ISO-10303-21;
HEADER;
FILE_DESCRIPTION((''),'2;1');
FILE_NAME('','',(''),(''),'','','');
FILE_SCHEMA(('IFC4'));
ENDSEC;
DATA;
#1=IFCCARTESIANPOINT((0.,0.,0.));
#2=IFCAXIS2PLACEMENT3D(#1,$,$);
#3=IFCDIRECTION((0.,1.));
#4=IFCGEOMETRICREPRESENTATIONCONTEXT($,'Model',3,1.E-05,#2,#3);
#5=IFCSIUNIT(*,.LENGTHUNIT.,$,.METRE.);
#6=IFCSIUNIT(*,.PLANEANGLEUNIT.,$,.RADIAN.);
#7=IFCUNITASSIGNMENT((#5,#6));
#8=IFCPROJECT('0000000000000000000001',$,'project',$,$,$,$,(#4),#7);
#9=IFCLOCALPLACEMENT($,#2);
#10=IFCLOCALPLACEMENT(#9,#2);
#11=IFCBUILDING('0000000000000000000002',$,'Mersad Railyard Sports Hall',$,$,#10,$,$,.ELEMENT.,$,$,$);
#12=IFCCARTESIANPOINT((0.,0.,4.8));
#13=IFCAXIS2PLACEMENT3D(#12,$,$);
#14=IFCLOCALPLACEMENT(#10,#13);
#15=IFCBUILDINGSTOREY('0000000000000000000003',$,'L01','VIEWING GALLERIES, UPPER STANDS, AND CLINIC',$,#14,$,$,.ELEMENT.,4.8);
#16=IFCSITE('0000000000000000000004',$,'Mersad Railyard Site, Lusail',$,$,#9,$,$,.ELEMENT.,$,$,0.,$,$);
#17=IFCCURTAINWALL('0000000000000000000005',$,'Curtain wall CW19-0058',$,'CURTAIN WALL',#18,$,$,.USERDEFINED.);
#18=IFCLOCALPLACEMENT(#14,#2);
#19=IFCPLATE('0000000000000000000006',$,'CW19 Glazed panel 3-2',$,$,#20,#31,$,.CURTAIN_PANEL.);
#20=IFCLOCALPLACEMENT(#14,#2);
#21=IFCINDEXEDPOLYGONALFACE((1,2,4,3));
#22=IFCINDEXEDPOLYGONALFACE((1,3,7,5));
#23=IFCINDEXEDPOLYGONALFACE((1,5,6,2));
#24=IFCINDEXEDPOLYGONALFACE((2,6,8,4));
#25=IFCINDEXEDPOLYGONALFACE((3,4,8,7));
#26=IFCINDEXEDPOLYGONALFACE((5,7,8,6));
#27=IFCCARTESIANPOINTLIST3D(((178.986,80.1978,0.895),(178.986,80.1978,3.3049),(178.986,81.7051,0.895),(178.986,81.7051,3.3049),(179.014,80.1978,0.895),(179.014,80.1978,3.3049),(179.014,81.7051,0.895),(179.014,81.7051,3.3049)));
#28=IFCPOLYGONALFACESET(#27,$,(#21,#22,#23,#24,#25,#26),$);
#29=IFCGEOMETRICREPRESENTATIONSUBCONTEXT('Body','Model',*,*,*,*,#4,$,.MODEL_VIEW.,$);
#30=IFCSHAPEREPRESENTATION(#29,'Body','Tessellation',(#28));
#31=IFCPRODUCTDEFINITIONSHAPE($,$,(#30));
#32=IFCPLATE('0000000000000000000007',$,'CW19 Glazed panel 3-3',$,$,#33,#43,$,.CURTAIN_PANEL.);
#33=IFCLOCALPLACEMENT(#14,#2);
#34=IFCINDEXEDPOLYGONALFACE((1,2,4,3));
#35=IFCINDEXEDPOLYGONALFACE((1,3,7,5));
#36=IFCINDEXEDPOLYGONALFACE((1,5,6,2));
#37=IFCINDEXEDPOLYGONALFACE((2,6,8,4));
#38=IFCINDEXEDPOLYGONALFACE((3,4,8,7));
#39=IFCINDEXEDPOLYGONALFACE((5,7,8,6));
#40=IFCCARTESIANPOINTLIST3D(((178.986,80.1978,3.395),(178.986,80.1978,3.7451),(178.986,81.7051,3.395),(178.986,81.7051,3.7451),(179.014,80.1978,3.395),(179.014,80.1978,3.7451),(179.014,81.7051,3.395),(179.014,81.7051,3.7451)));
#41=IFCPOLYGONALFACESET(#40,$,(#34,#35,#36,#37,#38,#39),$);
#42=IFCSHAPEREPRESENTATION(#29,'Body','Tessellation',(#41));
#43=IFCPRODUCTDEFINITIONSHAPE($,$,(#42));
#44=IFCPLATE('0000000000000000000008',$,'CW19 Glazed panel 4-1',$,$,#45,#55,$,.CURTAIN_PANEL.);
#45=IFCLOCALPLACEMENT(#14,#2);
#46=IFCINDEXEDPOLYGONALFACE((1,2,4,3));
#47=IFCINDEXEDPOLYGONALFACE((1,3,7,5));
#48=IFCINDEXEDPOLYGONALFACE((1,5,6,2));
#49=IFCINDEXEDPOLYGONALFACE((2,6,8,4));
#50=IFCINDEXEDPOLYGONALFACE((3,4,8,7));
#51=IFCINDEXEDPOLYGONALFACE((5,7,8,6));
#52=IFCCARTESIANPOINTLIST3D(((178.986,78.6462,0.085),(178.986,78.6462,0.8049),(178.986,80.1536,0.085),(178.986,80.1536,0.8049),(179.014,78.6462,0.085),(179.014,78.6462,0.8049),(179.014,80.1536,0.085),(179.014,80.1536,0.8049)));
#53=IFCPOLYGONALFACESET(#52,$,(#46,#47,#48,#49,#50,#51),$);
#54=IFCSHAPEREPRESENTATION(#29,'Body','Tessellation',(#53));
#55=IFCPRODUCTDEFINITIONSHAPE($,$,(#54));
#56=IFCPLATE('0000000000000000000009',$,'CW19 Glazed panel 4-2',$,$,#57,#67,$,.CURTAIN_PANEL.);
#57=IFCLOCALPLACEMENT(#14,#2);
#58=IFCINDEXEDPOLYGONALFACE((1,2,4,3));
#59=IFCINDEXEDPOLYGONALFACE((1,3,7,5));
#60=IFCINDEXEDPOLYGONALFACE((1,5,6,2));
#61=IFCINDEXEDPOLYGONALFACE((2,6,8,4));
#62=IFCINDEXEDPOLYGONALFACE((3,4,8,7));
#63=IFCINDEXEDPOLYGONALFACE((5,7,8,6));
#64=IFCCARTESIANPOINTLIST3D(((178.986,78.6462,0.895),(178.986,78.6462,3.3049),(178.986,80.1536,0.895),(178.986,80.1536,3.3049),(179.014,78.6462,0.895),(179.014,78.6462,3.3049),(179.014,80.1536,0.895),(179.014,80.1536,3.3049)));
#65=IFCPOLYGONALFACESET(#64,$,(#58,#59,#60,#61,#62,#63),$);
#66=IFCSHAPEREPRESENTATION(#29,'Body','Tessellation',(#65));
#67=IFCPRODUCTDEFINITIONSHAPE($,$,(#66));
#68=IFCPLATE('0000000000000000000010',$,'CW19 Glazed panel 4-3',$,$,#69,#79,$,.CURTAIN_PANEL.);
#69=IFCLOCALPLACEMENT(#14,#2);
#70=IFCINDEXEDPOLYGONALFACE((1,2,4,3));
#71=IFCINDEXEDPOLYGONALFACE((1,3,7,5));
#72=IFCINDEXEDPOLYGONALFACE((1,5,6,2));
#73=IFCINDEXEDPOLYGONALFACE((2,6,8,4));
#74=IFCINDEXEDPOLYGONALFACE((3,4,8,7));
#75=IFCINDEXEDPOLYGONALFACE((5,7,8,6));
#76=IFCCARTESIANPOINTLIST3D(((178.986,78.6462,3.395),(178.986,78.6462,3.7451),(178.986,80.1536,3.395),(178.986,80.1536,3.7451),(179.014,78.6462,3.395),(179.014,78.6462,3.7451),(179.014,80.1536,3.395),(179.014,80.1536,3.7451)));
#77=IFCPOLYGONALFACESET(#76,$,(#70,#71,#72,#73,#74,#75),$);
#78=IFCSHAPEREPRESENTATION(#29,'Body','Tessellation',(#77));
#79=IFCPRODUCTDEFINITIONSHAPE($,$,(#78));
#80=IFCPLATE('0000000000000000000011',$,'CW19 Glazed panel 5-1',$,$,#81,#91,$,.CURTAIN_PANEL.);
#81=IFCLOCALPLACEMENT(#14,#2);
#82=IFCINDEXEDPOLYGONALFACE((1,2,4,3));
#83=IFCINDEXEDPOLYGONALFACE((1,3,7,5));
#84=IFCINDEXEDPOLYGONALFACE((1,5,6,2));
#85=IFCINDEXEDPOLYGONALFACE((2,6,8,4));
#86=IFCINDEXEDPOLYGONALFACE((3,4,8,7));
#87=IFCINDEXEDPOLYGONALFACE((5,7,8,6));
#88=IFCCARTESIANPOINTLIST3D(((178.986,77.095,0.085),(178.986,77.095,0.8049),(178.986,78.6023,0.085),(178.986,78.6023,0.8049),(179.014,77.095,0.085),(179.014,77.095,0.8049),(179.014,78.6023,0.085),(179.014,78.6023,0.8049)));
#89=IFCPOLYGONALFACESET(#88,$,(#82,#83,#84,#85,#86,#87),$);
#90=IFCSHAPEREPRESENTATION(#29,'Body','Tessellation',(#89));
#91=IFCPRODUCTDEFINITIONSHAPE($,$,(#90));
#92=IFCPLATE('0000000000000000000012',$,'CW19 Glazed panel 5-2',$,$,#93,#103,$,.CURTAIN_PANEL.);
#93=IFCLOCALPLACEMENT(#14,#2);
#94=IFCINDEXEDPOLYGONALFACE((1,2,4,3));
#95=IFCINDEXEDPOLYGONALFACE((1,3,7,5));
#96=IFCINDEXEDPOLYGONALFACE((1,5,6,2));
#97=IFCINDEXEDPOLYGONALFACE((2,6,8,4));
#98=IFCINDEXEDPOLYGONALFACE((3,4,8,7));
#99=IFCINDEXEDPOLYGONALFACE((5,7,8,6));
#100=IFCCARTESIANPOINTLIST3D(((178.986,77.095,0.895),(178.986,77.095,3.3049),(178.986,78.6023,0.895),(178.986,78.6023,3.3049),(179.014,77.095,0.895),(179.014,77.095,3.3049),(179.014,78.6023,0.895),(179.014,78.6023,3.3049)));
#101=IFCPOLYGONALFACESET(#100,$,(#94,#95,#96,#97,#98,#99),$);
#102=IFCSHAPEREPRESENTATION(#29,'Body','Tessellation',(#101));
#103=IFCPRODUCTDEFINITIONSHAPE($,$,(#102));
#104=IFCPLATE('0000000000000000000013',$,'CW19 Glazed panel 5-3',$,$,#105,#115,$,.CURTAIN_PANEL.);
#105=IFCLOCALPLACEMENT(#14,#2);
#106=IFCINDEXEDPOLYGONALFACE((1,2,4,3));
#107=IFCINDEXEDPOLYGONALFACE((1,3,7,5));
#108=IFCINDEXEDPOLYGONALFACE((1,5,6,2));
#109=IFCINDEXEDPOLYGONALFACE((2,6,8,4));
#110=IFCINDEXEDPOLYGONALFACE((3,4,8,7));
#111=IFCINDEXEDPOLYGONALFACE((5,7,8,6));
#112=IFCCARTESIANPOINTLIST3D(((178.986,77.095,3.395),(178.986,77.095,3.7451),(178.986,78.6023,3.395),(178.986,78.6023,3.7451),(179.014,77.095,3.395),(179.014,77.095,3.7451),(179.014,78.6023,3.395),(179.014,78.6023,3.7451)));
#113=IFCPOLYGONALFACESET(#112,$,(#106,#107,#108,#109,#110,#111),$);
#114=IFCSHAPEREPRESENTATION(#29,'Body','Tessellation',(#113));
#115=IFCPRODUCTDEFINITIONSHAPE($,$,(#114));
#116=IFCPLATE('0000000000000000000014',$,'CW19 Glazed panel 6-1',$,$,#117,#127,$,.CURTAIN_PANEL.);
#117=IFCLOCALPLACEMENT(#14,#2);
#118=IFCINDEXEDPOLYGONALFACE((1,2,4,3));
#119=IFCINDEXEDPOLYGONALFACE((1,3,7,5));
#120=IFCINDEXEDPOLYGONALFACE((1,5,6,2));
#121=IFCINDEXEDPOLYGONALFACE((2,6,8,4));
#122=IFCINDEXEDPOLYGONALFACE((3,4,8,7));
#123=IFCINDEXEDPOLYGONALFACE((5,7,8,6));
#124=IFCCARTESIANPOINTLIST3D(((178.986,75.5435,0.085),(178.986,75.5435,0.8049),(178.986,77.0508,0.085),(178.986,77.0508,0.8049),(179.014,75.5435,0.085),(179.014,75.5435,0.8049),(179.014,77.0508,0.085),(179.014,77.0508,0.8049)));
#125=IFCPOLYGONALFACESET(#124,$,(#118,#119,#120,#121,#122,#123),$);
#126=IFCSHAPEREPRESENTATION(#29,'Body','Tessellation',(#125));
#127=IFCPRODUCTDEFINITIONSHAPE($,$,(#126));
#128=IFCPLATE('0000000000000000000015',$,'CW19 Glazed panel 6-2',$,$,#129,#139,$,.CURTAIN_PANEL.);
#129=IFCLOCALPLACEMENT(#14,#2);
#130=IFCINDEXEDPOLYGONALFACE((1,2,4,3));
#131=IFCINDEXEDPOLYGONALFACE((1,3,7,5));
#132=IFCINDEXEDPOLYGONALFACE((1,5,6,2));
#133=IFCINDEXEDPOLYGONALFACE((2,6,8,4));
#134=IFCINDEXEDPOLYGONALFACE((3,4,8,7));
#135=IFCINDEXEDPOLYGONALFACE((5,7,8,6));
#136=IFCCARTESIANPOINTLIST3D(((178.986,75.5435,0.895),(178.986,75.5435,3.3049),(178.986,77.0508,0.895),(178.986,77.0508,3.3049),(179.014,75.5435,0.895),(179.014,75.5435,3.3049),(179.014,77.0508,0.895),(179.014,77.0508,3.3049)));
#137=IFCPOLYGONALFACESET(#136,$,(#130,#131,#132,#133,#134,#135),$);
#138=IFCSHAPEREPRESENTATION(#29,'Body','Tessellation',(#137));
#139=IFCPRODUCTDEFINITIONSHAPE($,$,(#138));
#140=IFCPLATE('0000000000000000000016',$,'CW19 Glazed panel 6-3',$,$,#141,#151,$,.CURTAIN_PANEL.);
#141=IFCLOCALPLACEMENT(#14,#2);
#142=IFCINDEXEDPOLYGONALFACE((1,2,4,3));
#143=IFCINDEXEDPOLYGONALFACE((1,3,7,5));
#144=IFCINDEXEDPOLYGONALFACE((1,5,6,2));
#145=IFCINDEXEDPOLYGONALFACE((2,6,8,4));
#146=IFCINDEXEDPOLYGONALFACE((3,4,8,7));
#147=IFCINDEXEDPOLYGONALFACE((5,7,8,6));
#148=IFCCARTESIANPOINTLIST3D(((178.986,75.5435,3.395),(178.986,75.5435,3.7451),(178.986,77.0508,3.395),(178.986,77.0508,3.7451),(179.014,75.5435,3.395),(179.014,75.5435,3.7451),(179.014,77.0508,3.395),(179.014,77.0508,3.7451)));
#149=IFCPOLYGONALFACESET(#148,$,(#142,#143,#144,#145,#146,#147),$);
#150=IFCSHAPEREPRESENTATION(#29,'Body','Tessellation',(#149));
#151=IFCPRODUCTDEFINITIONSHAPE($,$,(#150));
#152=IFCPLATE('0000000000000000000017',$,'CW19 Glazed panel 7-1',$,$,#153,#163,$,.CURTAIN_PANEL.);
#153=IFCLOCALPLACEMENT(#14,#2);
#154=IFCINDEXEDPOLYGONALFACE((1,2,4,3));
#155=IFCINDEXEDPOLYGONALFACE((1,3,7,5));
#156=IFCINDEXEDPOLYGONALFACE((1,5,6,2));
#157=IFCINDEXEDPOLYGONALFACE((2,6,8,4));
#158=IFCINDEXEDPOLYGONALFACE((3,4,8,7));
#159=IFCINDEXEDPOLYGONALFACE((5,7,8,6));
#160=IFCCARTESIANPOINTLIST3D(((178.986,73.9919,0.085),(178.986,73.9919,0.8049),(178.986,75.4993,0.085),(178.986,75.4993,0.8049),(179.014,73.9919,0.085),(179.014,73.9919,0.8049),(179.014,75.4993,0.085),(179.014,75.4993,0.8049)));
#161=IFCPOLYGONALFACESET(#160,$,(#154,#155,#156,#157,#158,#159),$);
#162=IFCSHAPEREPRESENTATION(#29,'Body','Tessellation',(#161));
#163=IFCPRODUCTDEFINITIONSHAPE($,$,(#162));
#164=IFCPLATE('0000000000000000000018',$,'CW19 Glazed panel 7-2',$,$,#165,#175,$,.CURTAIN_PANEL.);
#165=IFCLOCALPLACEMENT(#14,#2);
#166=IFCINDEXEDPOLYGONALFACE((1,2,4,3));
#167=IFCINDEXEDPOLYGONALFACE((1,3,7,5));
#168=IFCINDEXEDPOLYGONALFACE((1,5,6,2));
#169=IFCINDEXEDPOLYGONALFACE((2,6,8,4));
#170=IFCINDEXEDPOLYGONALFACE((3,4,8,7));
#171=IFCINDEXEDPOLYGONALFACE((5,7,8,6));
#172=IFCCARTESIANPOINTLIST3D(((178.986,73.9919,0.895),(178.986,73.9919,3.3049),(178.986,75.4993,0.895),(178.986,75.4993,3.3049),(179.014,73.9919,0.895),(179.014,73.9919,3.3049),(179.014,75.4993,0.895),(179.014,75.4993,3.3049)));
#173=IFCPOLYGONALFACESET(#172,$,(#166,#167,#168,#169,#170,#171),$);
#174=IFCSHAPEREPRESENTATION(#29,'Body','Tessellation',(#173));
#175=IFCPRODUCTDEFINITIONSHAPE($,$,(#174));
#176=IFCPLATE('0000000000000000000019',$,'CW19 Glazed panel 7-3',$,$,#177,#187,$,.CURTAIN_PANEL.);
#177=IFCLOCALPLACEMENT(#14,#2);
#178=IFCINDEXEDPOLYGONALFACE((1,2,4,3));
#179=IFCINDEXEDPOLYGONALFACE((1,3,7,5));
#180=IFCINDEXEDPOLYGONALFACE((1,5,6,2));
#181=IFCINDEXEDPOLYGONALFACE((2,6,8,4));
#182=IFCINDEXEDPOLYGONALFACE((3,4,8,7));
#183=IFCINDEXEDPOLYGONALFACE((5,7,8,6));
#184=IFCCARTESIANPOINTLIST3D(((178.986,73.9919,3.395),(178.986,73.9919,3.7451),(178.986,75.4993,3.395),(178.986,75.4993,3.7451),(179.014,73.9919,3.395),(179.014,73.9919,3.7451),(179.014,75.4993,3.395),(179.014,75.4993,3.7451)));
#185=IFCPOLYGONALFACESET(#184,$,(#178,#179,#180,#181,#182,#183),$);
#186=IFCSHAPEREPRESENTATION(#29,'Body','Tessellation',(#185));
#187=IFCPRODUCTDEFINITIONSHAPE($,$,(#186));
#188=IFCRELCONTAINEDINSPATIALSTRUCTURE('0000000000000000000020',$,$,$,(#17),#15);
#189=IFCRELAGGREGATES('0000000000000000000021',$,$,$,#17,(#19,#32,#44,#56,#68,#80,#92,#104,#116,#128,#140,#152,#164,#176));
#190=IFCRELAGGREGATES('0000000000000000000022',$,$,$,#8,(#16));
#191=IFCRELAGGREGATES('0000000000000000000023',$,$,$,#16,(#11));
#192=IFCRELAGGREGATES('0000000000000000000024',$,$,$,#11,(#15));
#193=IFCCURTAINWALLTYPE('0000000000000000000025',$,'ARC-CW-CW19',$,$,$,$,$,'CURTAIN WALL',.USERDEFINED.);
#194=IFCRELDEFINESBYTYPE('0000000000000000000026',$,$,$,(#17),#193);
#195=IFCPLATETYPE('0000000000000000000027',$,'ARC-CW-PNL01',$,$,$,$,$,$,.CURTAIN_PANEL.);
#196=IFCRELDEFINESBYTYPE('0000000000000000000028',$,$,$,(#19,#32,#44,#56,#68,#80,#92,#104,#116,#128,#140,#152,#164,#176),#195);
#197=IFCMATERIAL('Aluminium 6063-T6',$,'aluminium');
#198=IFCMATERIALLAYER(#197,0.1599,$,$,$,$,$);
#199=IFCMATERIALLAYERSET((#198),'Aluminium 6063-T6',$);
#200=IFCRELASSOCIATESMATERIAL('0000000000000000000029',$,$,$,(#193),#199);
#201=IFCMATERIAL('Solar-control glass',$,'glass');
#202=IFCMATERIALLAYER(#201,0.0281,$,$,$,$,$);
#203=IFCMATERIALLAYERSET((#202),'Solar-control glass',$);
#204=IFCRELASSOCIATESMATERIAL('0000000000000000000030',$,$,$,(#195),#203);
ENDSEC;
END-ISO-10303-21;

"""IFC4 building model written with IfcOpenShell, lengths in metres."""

from ifc_helpers import new_model, si_unit, direction, frame, origin, origin_2d, place, context, subcontext, project, spatial, rectangle, extrude, material, layer, layer_set, type_object, element, aggregate, save


model = new_model("IFC4")

# Units and contexts
model_context = context("Model", 3, precision=1e-05, world=origin(), true_north=direction((0.0, 1.0)))
body_context = subcontext(model_context, "Body", "Model", "MODEL_VIEW")
ifc_project = project(units=[si_unit("LENGTHUNIT", "METRE"), si_unit("PLANEANGLEUNIT", "RADIAN")], contexts=[model_context])

# Site, building, storey
site_placement = place(None, origin())
site = spatial("IfcSite", under=ifc_project, at=site_placement, Name="Mersad Railyard Site, Lusail", CompositionType="ELEMENT", RefElevation=0.0)
building_placement = place(site_placement, origin())
building = spatial("IfcBuilding", under=site, at=building_placement, Name="Mersad Railyard Sports Hall", CompositionType="ELEMENT")
storey_placement = place(building_placement, frame((0.0, 0.0, 4.8)))
storey = spatial("IfcBuildingStorey", under=building, at=storey_placement, Name="L01", Description="VIEWING GALLERIES, UPPER STANDS, AND CLINIC", CompositionType="ELEMENT", Elevation=4.8)

# Curtain wall, plates
ifc_material_1 = material(Name="Aluminium 6063-T6", Category="aluminium")
ifc_layer_1 = layer(ifc_material_1, 0.1599)
ifc_layer_set_1 = layer_set([ifc_layer_1], Name="Aluminium 6063-T6")
curtain_wall_type = type_object("IfcCurtainWallType", Name="ARC-CW-CW19", ElementType="CURTAIN WALL", PredefinedType="USERDEFINED", material=ifc_layer_set_1)
curtain_wall_placement = place(storey_placement, origin())
curtain_wall = element("IfcCurtainWall", 1, at=curtain_wall_placement, inside=storey, type_object=curtain_wall_type, Name="Curtain wall CW19-0058", ObjectType="CURTAIN WALL", PredefinedType="USERDEFINED")
ifc_material_2 = material(Name="Solar-control glass", Category="glass")
ifc_layer_2 = layer(ifc_material_2, 0.0281)
ifc_layer_set_2 = layer_set([ifc_layer_2], Name="Solar-control glass")
plate_type = type_object("IfcPlateType", Name="ARC-CW-PNL01", PredefinedType="CURTAIN_PANEL", material=ifc_layer_set_2)
plate_1_placement = place(storey_placement, frame((179.0, 80.9514, 0.895), z_axis=(0.0, 0.0, 1.0), x_axis=(0.0, -1.0, 0.0)))
plate_1 = element("IfcPlate", 2, at=plate_1_placement, type_object=plate_type, Name="CW19 Glazed panel 3-2", PredefinedType="CURTAIN_PANEL", context=body_context, shape_type="SweptSolid", body=[
    extrude(rectangle(XDim=1.5073, YDim=0.0281, at=origin_2d()), origin(), (0.0, 0.0, 1.0), 2.4099),
])
plate_2_placement = place(storey_placement, frame((179.0, 80.9514, 3.395), z_axis=(0.0, 0.0, 1.0), x_axis=(0.0, -1.0, 0.0)))
plate_2 = element("IfcPlate", 3, at=plate_2_placement, type_object=plate_type, Name="CW19 Glazed panel 3-3", PredefinedType="CURTAIN_PANEL", context=body_context, shape_type="SweptSolid", body=[
    extrude(rectangle(XDim=1.5073, YDim=0.0281, at=origin_2d()), origin(), (0.0, 0.0, 1.0), 0.3501),
])
plate_3_placement = place(storey_placement, frame((179.0, 79.3999, 0.085), z_axis=(0.0, 0.0, 1.0), x_axis=(0.0, -1.0, 0.0)))
plate_3 = element("IfcPlate", 4, at=plate_3_placement, type_object=plate_type, Name="CW19 Glazed panel 4-1", PredefinedType="CURTAIN_PANEL", context=body_context, shape_type="SweptSolid", body=[
    extrude(rectangle(XDim=1.5073, YDim=0.0281, at=origin_2d()), origin(), (0.0, 0.0, 1.0), 0.72),
])
plate_4_placement = place(storey_placement, frame((179.0, 79.3999, 0.895), z_axis=(0.0, 0.0, 1.0), x_axis=(0.0, -1.0, 0.0)))
plate_4 = element("IfcPlate", 5, at=plate_4_placement, type_object=plate_type, Name="CW19 Glazed panel 4-2", PredefinedType="CURTAIN_PANEL", context=body_context, shape_type="SweptSolid", body=[
    extrude(rectangle(XDim=1.5073, YDim=0.0281, at=origin_2d()), origin(), (0.0, 0.0, 1.0), 2.4099),
])
plate_5_placement = place(storey_placement, frame((179.0, 79.3999, 3.395), z_axis=(0.0, 0.0, 1.0), x_axis=(0.0, -1.0, 0.0)))
plate_5 = element("IfcPlate", 6, at=plate_5_placement, type_object=plate_type, Name="CW19 Glazed panel 4-3", PredefinedType="CURTAIN_PANEL", context=body_context, shape_type="SweptSolid", body=[
    extrude(rectangle(XDim=1.5073, YDim=0.0281, at=origin_2d()), origin(), (0.0, 0.0, 1.0), 0.3501),
])
plate_6_placement = place(storey_placement, frame((179.0, 77.8486, 0.085), z_axis=(0.0, 0.0, 1.0), x_axis=(0.0, -1.0, 0.0)))
plate_6 = element("IfcPlate", 7, at=plate_6_placement, type_object=plate_type, Name="CW19 Glazed panel 5-1", PredefinedType="CURTAIN_PANEL", context=body_context, shape_type="SweptSolid", body=[
    extrude(rectangle(XDim=1.5073, YDim=0.0281, at=origin_2d()), origin(), (0.0, 0.0, 1.0), 0.72),
])
plate_7_placement = place(storey_placement, frame((179.0, 77.8486, 0.895), z_axis=(0.0, 0.0, 1.0), x_axis=(0.0, -1.0, 0.0)))
plate_7 = element("IfcPlate", 8, at=plate_7_placement, type_object=plate_type, Name="CW19 Glazed panel 5-2", PredefinedType="CURTAIN_PANEL", context=body_context, shape_type="SweptSolid", body=[
    extrude(rectangle(XDim=1.5073, YDim=0.0281, at=origin_2d()), origin(), (0.0, 0.0, 1.0), 2.4099),
])
plate_8_placement = place(storey_placement, frame((179.0, 77.8486, 3.395), z_axis=(0.0, 0.0, 1.0), x_axis=(0.0, -1.0, 0.0)))
plate_8 = element("IfcPlate", 9, at=plate_8_placement, type_object=plate_type, Name="CW19 Glazed panel 5-3", PredefinedType="CURTAIN_PANEL", context=body_context, shape_type="SweptSolid", body=[
    extrude(rectangle(XDim=1.5073, YDim=0.0281, at=origin_2d()), origin(), (0.0, 0.0, 1.0), 0.3501),
])
plate_9_placement = place(storey_placement, frame((179.0, 76.2971, 0.085), z_axis=(0.0, 0.0, 1.0), x_axis=(0.0, -1.0, 0.0)))
plate_9 = element("IfcPlate", 10, at=plate_9_placement, type_object=plate_type, Name="CW19 Glazed panel 6-1", PredefinedType="CURTAIN_PANEL", context=body_context, shape_type="SweptSolid", body=[
    extrude(rectangle(XDim=1.5073, YDim=0.0281, at=origin_2d()), origin(), (0.0, 0.0, 1.0), 0.72),
])
plate_10_placement = place(storey_placement, frame((179.0, 76.2971, 0.895), z_axis=(0.0, 0.0, 1.0), x_axis=(0.0, -1.0, 0.0)))
plate_10 = element("IfcPlate", 11, at=plate_10_placement, type_object=plate_type, Name="CW19 Glazed panel 6-2", PredefinedType="CURTAIN_PANEL", context=body_context, shape_type="SweptSolid", body=[
    extrude(rectangle(XDim=1.5073, YDim=0.0281, at=origin_2d()), origin(), (0.0, 0.0, 1.0), 2.4099),
])
plate_11_placement = place(storey_placement, frame((179.0, 76.2971, 3.395), z_axis=(0.0, 0.0, 1.0), x_axis=(0.0, -1.0, 0.0)))
plate_11 = element("IfcPlate", 12, at=plate_11_placement, type_object=plate_type, Name="CW19 Glazed panel 6-3", PredefinedType="CURTAIN_PANEL", context=body_context, shape_type="SweptSolid", body=[
    extrude(rectangle(XDim=1.5073, YDim=0.0281, at=origin_2d()), origin(), (0.0, 0.0, 1.0), 0.3501),
])
plate_12_placement = place(storey_placement, frame((179.0, 74.7456, 0.085), z_axis=(0.0, 0.0, 1.0), x_axis=(0.0, -1.0, 0.0)))
plate_12 = element("IfcPlate", 13, at=plate_12_placement, type_object=plate_type, Name="CW19 Glazed panel 7-1", PredefinedType="CURTAIN_PANEL", context=body_context, shape_type="SweptSolid", body=[
    extrude(rectangle(XDim=1.5073, YDim=0.0281, at=origin_2d()), origin(), (0.0, 0.0, 1.0), 0.72),
])
plate_13_placement = place(storey_placement, frame((179.0, 74.7456, 0.895), z_axis=(0.0, 0.0, 1.0), x_axis=(0.0, -1.0, 0.0)))
plate_13 = element("IfcPlate", 14, at=plate_13_placement, type_object=plate_type, Name="CW19 Glazed panel 7-2", PredefinedType="CURTAIN_PANEL", context=body_context, shape_type="SweptSolid", body=[
    extrude(rectangle(XDim=1.5073, YDim=0.0281, at=origin_2d()), origin(), (0.0, 0.0, 1.0), 2.4099),
])
plate_14_placement = place(storey_placement, frame((179.0, 74.7456, 3.395), z_axis=(0.0, 0.0, 1.0), x_axis=(0.0, -1.0, 0.0)))
plate_14 = element("IfcPlate", 15, at=plate_14_placement, type_object=plate_type, Name="CW19 Glazed panel 7-3", PredefinedType="CURTAIN_PANEL", context=body_context, shape_type="SweptSolid", body=[
    extrude(rectangle(XDim=1.5073, YDim=0.0281, at=origin_2d()), origin(), (0.0, 0.0, 1.0), 0.3501),
])
aggregate(curtain_wall, [plate_1, plate_2, plate_3, plate_4, plate_5, plate_6, plate_7, plate_8, plate_9, plate_10, plate_11, plate_12, plate_13, plate_14])

save(model, "model.ifc")
